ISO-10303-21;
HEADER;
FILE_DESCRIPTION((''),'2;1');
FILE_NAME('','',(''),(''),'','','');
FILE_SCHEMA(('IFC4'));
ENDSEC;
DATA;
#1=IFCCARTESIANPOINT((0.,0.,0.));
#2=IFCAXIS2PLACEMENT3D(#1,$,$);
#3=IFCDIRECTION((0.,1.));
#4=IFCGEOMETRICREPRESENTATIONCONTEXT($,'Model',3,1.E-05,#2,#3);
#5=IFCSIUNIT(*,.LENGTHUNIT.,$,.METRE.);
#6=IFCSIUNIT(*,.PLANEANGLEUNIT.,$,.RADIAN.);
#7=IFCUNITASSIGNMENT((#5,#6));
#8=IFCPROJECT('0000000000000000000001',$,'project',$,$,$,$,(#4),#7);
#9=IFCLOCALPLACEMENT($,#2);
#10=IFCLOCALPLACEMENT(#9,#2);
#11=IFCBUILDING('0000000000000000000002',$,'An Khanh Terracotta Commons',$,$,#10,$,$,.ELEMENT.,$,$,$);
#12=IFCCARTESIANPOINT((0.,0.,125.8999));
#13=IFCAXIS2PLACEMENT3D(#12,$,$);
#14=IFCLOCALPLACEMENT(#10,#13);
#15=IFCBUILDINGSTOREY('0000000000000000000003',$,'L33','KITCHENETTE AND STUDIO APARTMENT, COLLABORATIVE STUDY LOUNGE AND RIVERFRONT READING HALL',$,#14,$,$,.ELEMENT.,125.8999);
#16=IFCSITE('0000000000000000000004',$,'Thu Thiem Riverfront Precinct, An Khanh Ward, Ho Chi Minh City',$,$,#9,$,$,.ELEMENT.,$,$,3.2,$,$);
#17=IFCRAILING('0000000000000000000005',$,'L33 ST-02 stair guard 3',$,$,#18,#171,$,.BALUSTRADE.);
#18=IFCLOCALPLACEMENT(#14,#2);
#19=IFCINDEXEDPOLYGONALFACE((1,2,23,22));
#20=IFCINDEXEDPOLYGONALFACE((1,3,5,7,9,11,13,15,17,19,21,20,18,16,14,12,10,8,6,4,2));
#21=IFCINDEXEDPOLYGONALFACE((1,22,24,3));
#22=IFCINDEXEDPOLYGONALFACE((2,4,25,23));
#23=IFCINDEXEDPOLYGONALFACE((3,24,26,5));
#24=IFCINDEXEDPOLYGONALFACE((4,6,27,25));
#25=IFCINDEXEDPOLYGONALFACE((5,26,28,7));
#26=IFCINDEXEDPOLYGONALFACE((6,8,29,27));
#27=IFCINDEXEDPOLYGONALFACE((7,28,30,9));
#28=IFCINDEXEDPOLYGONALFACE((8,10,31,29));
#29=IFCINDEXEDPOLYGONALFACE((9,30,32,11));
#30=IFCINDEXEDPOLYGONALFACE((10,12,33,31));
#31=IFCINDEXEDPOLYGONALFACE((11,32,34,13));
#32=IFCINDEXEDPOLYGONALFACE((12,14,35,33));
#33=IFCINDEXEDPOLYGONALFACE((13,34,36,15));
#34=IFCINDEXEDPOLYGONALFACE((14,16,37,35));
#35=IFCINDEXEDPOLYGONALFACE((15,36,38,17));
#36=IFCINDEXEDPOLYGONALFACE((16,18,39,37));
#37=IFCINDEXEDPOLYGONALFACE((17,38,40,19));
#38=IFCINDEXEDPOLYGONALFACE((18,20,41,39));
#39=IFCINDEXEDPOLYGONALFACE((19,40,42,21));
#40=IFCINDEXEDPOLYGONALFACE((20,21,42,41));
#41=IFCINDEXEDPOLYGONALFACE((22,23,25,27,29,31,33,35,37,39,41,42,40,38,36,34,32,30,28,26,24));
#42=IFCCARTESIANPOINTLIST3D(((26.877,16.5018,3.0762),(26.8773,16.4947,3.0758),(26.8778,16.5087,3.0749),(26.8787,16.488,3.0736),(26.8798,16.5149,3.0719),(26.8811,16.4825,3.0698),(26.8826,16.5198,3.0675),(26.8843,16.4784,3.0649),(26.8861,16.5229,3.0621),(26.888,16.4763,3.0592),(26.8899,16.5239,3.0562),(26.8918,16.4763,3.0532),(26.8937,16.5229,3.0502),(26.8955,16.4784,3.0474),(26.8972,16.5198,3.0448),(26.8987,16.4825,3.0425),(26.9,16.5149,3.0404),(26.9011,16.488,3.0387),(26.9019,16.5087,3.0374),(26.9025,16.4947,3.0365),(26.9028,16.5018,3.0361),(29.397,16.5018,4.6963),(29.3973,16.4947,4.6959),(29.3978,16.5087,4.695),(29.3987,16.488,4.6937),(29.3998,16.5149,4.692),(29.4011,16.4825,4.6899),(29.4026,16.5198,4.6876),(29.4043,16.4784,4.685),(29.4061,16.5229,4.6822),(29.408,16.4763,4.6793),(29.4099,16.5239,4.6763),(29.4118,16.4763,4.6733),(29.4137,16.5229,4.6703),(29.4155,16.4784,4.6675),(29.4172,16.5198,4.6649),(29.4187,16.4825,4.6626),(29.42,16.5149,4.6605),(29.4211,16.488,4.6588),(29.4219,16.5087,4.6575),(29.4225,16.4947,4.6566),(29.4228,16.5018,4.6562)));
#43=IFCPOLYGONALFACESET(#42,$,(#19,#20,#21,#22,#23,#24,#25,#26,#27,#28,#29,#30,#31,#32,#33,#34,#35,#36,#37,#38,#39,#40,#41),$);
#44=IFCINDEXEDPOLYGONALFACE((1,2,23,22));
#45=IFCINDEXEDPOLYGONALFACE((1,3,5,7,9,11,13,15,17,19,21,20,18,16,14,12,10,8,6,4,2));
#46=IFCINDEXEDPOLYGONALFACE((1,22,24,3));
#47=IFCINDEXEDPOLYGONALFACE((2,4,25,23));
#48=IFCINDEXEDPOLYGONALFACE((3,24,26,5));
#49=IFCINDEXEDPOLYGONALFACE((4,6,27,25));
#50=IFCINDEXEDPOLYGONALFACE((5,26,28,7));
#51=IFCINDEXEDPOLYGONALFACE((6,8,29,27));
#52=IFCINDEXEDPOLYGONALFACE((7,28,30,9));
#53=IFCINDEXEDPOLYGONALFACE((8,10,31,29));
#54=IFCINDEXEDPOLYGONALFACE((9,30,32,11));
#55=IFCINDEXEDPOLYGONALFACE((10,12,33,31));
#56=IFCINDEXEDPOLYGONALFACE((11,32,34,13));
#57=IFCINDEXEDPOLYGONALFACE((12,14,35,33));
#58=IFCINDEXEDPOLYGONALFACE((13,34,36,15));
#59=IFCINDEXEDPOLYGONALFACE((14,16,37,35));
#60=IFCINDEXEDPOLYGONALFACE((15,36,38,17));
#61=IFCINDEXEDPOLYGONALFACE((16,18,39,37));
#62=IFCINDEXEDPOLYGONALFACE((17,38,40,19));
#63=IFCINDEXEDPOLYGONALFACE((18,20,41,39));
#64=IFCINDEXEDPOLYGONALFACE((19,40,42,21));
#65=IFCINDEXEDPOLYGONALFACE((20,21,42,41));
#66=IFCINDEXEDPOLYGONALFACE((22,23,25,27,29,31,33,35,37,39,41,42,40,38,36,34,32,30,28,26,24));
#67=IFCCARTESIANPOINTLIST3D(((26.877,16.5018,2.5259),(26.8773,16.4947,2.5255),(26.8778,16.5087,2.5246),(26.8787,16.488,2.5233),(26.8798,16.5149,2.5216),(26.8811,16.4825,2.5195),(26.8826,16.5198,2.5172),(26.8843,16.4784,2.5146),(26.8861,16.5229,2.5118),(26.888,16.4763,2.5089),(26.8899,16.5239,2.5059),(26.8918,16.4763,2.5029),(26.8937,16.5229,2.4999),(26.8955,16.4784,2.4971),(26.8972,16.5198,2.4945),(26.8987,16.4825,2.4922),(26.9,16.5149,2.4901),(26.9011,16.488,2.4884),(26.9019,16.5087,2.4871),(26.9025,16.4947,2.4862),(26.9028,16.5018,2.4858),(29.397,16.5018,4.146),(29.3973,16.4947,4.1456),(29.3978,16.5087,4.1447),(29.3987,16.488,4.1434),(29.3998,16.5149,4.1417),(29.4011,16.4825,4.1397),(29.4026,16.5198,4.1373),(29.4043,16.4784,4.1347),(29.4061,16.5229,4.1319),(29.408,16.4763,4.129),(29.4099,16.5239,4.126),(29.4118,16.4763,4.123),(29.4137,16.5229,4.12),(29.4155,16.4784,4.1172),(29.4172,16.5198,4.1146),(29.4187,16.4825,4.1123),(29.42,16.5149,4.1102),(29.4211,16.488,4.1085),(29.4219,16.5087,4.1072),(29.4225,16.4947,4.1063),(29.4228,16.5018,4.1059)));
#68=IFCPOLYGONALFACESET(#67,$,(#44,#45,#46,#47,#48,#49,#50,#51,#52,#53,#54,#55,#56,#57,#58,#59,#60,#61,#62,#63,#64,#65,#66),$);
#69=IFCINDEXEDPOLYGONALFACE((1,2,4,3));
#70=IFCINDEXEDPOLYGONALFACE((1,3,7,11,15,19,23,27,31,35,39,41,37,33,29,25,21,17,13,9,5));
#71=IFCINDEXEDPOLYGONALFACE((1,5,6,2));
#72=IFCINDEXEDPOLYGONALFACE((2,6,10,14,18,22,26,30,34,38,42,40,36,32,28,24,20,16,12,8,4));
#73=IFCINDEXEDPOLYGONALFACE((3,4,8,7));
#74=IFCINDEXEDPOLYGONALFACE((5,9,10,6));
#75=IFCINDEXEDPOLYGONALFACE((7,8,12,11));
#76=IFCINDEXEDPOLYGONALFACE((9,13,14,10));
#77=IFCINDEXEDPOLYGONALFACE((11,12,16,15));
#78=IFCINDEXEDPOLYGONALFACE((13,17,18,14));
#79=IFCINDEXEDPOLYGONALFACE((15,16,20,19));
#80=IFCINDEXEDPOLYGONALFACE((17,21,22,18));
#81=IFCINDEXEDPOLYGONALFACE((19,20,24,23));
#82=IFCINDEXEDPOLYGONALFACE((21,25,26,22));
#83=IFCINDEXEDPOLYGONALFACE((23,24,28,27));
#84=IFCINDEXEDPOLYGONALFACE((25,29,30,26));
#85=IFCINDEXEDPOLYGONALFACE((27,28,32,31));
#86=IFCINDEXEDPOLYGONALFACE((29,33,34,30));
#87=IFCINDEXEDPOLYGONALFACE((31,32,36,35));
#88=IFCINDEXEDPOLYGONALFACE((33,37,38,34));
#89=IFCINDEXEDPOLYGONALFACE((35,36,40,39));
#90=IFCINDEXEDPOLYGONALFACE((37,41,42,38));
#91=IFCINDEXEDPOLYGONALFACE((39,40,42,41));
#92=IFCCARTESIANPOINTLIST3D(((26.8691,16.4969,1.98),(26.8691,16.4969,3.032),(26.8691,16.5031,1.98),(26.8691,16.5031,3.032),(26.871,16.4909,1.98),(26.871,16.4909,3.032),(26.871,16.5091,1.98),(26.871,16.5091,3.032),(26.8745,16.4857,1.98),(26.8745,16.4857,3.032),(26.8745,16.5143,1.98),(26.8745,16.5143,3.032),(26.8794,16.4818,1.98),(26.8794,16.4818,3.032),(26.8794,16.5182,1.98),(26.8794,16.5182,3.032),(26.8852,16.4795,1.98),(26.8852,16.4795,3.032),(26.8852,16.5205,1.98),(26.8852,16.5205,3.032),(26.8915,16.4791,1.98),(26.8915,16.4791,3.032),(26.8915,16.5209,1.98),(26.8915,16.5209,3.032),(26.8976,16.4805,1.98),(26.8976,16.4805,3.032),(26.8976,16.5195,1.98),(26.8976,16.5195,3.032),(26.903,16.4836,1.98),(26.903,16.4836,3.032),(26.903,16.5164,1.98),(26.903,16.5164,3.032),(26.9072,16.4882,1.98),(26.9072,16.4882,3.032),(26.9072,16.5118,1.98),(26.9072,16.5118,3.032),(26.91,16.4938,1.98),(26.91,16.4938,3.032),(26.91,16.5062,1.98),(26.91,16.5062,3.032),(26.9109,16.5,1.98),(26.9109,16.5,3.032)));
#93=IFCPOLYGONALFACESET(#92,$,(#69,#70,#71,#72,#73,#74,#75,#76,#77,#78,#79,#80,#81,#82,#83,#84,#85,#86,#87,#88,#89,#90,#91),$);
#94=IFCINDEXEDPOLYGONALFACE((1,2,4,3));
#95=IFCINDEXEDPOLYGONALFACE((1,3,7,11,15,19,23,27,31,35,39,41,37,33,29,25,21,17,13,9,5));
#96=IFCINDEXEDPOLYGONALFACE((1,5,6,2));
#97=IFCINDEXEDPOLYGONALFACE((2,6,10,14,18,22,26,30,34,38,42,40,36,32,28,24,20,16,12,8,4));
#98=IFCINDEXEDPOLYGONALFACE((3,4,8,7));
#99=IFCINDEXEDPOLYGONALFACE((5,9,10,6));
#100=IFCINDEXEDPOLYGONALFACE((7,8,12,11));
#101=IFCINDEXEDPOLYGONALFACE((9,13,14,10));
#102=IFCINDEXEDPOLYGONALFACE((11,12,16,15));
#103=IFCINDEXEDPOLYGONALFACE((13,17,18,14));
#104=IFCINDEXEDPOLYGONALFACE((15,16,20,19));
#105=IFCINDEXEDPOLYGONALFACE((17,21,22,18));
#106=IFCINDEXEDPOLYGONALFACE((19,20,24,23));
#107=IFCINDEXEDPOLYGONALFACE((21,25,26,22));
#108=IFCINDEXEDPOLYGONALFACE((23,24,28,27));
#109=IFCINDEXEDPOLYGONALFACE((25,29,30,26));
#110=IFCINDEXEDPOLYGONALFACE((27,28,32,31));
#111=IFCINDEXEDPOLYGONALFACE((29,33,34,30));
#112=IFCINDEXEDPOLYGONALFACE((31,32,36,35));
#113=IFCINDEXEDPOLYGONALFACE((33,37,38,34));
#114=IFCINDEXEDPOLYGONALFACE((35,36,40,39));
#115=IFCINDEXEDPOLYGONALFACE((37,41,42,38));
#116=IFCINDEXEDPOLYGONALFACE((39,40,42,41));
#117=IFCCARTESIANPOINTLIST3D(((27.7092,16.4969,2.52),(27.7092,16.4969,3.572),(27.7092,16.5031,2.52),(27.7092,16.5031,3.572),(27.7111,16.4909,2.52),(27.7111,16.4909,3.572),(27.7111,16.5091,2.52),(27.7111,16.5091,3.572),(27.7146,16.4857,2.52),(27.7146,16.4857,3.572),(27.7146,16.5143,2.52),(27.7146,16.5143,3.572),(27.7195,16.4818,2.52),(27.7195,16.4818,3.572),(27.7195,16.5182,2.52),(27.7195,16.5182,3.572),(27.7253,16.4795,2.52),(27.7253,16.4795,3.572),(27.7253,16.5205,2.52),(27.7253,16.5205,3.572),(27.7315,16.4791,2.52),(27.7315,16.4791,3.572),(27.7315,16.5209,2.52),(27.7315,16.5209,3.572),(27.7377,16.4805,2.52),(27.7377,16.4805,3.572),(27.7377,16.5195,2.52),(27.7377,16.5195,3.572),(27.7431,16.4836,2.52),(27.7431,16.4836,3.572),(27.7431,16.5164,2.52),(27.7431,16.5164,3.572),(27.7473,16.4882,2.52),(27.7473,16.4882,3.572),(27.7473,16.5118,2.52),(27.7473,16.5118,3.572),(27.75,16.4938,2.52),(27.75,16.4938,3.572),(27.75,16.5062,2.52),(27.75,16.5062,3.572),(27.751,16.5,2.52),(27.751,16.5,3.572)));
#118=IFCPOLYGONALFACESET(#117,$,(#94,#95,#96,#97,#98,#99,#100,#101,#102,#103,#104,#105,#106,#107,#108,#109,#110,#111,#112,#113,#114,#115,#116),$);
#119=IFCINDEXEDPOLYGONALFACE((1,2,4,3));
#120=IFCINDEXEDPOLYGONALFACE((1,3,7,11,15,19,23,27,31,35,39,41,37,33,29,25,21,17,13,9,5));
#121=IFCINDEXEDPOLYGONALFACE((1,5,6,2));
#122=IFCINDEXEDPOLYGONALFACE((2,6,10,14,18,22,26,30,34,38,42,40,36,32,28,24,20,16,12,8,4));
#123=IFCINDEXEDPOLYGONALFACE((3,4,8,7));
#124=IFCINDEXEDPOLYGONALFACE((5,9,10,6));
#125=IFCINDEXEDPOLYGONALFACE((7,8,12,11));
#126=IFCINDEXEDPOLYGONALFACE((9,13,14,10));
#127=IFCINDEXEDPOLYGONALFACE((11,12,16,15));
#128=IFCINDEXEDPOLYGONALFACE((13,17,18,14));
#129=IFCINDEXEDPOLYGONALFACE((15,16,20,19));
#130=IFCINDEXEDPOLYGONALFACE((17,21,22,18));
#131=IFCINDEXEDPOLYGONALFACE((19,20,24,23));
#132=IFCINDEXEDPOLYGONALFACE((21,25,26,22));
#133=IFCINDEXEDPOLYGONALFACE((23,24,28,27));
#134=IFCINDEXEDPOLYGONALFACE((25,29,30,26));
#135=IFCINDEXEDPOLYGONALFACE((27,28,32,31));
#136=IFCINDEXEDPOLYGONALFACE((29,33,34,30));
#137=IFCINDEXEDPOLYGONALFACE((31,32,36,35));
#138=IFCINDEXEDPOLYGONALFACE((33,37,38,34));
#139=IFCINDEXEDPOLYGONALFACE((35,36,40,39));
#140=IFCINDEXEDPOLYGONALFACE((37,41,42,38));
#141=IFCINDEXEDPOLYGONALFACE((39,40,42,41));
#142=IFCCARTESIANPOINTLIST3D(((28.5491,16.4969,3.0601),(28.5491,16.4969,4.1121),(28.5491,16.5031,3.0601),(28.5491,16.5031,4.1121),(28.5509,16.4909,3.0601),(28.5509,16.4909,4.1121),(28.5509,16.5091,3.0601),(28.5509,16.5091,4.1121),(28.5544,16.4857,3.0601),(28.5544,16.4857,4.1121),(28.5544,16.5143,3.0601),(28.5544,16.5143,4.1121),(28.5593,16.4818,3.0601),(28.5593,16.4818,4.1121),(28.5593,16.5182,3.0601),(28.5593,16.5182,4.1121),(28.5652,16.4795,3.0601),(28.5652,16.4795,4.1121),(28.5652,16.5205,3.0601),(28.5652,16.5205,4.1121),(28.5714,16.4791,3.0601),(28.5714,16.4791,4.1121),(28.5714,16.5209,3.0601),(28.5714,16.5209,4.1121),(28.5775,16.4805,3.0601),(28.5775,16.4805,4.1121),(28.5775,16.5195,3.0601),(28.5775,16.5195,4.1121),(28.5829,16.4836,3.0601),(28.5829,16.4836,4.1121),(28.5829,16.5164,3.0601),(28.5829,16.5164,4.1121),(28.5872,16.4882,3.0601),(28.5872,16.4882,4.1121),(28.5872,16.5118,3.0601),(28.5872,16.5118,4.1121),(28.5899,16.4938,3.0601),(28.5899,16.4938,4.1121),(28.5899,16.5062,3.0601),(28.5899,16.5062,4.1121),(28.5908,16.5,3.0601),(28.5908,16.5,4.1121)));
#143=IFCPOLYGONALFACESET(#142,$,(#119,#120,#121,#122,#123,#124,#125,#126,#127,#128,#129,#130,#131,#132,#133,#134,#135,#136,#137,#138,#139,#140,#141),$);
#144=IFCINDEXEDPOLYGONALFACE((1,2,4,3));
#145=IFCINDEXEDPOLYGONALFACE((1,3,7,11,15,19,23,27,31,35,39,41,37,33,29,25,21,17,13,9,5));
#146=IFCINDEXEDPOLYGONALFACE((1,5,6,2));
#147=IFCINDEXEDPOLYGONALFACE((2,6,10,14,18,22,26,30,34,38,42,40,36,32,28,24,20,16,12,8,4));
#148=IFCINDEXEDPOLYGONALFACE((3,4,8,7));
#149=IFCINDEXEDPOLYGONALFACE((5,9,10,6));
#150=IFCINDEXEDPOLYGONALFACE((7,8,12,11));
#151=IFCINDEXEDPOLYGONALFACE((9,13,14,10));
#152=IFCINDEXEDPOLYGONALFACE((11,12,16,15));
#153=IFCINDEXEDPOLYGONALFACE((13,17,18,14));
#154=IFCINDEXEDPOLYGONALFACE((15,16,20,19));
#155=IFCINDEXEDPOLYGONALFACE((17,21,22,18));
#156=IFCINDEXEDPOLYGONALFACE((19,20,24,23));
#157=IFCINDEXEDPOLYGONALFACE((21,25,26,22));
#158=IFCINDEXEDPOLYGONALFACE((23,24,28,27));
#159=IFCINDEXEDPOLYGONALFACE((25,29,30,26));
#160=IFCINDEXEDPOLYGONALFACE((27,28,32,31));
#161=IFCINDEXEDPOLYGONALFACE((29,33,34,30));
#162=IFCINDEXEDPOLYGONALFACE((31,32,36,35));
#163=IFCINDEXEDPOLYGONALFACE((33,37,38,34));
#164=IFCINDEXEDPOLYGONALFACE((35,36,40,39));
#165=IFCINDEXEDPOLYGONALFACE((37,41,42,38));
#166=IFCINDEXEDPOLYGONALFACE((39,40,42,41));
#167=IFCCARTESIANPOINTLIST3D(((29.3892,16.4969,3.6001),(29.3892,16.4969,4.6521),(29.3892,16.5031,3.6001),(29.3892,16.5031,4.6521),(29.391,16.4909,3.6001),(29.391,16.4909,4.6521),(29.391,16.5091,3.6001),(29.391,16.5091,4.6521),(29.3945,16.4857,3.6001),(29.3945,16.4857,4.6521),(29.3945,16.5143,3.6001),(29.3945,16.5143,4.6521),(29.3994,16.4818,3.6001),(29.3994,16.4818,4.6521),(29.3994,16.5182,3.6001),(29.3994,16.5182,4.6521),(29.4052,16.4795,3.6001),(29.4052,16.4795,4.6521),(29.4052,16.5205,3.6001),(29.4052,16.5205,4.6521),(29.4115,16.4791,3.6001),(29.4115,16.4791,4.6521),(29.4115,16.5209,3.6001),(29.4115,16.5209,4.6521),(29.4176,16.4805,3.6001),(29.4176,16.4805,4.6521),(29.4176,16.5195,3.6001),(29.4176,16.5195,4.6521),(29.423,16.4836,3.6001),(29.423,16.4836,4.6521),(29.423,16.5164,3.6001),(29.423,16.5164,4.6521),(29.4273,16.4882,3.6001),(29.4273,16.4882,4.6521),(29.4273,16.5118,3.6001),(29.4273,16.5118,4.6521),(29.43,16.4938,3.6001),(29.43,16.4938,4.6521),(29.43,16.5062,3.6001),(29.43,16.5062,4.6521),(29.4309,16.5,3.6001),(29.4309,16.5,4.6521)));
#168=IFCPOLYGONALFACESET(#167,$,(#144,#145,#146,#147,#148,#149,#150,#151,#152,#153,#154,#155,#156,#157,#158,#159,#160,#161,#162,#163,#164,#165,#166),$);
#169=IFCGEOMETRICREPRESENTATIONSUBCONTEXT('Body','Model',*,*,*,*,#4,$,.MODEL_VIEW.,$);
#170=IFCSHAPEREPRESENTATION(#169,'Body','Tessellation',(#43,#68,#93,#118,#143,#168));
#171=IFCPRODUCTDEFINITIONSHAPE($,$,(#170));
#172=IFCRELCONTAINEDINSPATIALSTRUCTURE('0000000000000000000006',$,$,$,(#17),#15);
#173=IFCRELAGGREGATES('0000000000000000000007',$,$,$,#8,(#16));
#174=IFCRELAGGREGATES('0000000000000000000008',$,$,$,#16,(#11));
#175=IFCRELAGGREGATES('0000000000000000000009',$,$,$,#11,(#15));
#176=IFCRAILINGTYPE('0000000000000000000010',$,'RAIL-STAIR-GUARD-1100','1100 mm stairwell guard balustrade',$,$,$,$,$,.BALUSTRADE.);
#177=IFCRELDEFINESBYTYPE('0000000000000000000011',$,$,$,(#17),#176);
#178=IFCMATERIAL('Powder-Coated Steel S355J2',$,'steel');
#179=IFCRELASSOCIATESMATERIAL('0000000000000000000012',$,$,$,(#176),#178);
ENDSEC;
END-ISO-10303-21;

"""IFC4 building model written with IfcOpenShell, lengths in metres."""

from ifc_helpers import new_model, si_unit, direction, frame, origin, origin_2d, place, context, subcontext, project, spatial, circle, extrude, material, type_object, element, save


model = new_model("IFC4")

# Units and contexts
model_context = context("Model", 3, precision=1e-05, world=origin(), true_north=direction((0.0, 1.0)))
body_context = subcontext(model_context, "Body", "Model", "MODEL_VIEW")
ifc_project = project(units=[si_unit("LENGTHUNIT", "METRE"), si_unit("PLANEANGLEUNIT", "RADIAN")], contexts=[model_context])

# Site, building, storey
site_placement = place(None, origin())
site = spatial("IfcSite", under=ifc_project, at=site_placement, Name="Thu Thiem Riverfront Precinct, An Khanh Ward, Ho Chi Minh City", CompositionType="ELEMENT", RefElevation=3.2)
building_placement = place(site_placement, origin())
building = spatial("IfcBuilding", under=site, at=building_placement, Name="An Khanh Terracotta Commons", CompositionType="ELEMENT")
storey_placement = place(building_placement, frame((0.0, 0.0, 125.8999)))
storey = spatial("IfcBuildingStorey", under=building, at=storey_placement, Name="L33", Description="KITCHENETTE AND STUDIO APARTMENT, COLLABORATIVE STUDY LOUNGE AND RIVERFRONT READING HALL", CompositionType="ELEMENT", Elevation=125.8999)

# Railing
ifc_material_1 = material(Name="Powder-Coated Steel S355J2", Category="steel")
railing_type_1 = type_object("IfcRailingType", Name="RAIL-STAIR-GUARD-1100", Description="1100 mm stairwell guard balustrade", PredefinedType="BALUSTRADE", material=ifc_material_1)
railing_1_placement = place(storey_placement, frame((26.8899, 16.5, 1.98)))
element("IfcRailing", 1, at=railing_1_placement, inside=storey, type_object=railing_type_1, Name="L33 ST-02 stair guard 3", PredefinedType="BALUSTRADE", context=body_context, shape_type="SweptSolid", body=[
    extrude(circle(Radius=0.0239, at=origin_2d()), frame((0.0, 0.0, 1.0762), z_axis=(0.841163, 0.0, 0.540782), x_axis=(0.0, 1.0, 0.0)), (0.0, 0.0, 1.0), 2.9958),
    extrude(circle(Radius=0.0239, at=origin_2d()), frame((0.0, 0.0, 0.5259), z_axis=(0.841163, 0.0, 0.540782), x_axis=(0.0, 1.0, 0.0)), (0.0, 0.0, 1.0), 2.9958),
    extrude(circle(Radius=0.021, at=origin_2d()), origin(), (0.0, 0.0, 1.0), 1.052),
    extrude(circle(Radius=0.021, at=origin_2d()), frame((0.8401, 0.0, 0.54)), (0.0, 0.0, 1.0), 1.052),
    extrude(circle(Radius=0.021, at=origin_2d()), frame((1.6799, 0.0, 1.0801)), (0.0, 0.0, 1.0), 1.052),
    extrude(circle(Radius=0.021, at=origin_2d()), frame((2.52, 0.0, 1.6201)), (0.0, 0.0, 1.0), 1.052),
])

save(model, "model.ifc")
